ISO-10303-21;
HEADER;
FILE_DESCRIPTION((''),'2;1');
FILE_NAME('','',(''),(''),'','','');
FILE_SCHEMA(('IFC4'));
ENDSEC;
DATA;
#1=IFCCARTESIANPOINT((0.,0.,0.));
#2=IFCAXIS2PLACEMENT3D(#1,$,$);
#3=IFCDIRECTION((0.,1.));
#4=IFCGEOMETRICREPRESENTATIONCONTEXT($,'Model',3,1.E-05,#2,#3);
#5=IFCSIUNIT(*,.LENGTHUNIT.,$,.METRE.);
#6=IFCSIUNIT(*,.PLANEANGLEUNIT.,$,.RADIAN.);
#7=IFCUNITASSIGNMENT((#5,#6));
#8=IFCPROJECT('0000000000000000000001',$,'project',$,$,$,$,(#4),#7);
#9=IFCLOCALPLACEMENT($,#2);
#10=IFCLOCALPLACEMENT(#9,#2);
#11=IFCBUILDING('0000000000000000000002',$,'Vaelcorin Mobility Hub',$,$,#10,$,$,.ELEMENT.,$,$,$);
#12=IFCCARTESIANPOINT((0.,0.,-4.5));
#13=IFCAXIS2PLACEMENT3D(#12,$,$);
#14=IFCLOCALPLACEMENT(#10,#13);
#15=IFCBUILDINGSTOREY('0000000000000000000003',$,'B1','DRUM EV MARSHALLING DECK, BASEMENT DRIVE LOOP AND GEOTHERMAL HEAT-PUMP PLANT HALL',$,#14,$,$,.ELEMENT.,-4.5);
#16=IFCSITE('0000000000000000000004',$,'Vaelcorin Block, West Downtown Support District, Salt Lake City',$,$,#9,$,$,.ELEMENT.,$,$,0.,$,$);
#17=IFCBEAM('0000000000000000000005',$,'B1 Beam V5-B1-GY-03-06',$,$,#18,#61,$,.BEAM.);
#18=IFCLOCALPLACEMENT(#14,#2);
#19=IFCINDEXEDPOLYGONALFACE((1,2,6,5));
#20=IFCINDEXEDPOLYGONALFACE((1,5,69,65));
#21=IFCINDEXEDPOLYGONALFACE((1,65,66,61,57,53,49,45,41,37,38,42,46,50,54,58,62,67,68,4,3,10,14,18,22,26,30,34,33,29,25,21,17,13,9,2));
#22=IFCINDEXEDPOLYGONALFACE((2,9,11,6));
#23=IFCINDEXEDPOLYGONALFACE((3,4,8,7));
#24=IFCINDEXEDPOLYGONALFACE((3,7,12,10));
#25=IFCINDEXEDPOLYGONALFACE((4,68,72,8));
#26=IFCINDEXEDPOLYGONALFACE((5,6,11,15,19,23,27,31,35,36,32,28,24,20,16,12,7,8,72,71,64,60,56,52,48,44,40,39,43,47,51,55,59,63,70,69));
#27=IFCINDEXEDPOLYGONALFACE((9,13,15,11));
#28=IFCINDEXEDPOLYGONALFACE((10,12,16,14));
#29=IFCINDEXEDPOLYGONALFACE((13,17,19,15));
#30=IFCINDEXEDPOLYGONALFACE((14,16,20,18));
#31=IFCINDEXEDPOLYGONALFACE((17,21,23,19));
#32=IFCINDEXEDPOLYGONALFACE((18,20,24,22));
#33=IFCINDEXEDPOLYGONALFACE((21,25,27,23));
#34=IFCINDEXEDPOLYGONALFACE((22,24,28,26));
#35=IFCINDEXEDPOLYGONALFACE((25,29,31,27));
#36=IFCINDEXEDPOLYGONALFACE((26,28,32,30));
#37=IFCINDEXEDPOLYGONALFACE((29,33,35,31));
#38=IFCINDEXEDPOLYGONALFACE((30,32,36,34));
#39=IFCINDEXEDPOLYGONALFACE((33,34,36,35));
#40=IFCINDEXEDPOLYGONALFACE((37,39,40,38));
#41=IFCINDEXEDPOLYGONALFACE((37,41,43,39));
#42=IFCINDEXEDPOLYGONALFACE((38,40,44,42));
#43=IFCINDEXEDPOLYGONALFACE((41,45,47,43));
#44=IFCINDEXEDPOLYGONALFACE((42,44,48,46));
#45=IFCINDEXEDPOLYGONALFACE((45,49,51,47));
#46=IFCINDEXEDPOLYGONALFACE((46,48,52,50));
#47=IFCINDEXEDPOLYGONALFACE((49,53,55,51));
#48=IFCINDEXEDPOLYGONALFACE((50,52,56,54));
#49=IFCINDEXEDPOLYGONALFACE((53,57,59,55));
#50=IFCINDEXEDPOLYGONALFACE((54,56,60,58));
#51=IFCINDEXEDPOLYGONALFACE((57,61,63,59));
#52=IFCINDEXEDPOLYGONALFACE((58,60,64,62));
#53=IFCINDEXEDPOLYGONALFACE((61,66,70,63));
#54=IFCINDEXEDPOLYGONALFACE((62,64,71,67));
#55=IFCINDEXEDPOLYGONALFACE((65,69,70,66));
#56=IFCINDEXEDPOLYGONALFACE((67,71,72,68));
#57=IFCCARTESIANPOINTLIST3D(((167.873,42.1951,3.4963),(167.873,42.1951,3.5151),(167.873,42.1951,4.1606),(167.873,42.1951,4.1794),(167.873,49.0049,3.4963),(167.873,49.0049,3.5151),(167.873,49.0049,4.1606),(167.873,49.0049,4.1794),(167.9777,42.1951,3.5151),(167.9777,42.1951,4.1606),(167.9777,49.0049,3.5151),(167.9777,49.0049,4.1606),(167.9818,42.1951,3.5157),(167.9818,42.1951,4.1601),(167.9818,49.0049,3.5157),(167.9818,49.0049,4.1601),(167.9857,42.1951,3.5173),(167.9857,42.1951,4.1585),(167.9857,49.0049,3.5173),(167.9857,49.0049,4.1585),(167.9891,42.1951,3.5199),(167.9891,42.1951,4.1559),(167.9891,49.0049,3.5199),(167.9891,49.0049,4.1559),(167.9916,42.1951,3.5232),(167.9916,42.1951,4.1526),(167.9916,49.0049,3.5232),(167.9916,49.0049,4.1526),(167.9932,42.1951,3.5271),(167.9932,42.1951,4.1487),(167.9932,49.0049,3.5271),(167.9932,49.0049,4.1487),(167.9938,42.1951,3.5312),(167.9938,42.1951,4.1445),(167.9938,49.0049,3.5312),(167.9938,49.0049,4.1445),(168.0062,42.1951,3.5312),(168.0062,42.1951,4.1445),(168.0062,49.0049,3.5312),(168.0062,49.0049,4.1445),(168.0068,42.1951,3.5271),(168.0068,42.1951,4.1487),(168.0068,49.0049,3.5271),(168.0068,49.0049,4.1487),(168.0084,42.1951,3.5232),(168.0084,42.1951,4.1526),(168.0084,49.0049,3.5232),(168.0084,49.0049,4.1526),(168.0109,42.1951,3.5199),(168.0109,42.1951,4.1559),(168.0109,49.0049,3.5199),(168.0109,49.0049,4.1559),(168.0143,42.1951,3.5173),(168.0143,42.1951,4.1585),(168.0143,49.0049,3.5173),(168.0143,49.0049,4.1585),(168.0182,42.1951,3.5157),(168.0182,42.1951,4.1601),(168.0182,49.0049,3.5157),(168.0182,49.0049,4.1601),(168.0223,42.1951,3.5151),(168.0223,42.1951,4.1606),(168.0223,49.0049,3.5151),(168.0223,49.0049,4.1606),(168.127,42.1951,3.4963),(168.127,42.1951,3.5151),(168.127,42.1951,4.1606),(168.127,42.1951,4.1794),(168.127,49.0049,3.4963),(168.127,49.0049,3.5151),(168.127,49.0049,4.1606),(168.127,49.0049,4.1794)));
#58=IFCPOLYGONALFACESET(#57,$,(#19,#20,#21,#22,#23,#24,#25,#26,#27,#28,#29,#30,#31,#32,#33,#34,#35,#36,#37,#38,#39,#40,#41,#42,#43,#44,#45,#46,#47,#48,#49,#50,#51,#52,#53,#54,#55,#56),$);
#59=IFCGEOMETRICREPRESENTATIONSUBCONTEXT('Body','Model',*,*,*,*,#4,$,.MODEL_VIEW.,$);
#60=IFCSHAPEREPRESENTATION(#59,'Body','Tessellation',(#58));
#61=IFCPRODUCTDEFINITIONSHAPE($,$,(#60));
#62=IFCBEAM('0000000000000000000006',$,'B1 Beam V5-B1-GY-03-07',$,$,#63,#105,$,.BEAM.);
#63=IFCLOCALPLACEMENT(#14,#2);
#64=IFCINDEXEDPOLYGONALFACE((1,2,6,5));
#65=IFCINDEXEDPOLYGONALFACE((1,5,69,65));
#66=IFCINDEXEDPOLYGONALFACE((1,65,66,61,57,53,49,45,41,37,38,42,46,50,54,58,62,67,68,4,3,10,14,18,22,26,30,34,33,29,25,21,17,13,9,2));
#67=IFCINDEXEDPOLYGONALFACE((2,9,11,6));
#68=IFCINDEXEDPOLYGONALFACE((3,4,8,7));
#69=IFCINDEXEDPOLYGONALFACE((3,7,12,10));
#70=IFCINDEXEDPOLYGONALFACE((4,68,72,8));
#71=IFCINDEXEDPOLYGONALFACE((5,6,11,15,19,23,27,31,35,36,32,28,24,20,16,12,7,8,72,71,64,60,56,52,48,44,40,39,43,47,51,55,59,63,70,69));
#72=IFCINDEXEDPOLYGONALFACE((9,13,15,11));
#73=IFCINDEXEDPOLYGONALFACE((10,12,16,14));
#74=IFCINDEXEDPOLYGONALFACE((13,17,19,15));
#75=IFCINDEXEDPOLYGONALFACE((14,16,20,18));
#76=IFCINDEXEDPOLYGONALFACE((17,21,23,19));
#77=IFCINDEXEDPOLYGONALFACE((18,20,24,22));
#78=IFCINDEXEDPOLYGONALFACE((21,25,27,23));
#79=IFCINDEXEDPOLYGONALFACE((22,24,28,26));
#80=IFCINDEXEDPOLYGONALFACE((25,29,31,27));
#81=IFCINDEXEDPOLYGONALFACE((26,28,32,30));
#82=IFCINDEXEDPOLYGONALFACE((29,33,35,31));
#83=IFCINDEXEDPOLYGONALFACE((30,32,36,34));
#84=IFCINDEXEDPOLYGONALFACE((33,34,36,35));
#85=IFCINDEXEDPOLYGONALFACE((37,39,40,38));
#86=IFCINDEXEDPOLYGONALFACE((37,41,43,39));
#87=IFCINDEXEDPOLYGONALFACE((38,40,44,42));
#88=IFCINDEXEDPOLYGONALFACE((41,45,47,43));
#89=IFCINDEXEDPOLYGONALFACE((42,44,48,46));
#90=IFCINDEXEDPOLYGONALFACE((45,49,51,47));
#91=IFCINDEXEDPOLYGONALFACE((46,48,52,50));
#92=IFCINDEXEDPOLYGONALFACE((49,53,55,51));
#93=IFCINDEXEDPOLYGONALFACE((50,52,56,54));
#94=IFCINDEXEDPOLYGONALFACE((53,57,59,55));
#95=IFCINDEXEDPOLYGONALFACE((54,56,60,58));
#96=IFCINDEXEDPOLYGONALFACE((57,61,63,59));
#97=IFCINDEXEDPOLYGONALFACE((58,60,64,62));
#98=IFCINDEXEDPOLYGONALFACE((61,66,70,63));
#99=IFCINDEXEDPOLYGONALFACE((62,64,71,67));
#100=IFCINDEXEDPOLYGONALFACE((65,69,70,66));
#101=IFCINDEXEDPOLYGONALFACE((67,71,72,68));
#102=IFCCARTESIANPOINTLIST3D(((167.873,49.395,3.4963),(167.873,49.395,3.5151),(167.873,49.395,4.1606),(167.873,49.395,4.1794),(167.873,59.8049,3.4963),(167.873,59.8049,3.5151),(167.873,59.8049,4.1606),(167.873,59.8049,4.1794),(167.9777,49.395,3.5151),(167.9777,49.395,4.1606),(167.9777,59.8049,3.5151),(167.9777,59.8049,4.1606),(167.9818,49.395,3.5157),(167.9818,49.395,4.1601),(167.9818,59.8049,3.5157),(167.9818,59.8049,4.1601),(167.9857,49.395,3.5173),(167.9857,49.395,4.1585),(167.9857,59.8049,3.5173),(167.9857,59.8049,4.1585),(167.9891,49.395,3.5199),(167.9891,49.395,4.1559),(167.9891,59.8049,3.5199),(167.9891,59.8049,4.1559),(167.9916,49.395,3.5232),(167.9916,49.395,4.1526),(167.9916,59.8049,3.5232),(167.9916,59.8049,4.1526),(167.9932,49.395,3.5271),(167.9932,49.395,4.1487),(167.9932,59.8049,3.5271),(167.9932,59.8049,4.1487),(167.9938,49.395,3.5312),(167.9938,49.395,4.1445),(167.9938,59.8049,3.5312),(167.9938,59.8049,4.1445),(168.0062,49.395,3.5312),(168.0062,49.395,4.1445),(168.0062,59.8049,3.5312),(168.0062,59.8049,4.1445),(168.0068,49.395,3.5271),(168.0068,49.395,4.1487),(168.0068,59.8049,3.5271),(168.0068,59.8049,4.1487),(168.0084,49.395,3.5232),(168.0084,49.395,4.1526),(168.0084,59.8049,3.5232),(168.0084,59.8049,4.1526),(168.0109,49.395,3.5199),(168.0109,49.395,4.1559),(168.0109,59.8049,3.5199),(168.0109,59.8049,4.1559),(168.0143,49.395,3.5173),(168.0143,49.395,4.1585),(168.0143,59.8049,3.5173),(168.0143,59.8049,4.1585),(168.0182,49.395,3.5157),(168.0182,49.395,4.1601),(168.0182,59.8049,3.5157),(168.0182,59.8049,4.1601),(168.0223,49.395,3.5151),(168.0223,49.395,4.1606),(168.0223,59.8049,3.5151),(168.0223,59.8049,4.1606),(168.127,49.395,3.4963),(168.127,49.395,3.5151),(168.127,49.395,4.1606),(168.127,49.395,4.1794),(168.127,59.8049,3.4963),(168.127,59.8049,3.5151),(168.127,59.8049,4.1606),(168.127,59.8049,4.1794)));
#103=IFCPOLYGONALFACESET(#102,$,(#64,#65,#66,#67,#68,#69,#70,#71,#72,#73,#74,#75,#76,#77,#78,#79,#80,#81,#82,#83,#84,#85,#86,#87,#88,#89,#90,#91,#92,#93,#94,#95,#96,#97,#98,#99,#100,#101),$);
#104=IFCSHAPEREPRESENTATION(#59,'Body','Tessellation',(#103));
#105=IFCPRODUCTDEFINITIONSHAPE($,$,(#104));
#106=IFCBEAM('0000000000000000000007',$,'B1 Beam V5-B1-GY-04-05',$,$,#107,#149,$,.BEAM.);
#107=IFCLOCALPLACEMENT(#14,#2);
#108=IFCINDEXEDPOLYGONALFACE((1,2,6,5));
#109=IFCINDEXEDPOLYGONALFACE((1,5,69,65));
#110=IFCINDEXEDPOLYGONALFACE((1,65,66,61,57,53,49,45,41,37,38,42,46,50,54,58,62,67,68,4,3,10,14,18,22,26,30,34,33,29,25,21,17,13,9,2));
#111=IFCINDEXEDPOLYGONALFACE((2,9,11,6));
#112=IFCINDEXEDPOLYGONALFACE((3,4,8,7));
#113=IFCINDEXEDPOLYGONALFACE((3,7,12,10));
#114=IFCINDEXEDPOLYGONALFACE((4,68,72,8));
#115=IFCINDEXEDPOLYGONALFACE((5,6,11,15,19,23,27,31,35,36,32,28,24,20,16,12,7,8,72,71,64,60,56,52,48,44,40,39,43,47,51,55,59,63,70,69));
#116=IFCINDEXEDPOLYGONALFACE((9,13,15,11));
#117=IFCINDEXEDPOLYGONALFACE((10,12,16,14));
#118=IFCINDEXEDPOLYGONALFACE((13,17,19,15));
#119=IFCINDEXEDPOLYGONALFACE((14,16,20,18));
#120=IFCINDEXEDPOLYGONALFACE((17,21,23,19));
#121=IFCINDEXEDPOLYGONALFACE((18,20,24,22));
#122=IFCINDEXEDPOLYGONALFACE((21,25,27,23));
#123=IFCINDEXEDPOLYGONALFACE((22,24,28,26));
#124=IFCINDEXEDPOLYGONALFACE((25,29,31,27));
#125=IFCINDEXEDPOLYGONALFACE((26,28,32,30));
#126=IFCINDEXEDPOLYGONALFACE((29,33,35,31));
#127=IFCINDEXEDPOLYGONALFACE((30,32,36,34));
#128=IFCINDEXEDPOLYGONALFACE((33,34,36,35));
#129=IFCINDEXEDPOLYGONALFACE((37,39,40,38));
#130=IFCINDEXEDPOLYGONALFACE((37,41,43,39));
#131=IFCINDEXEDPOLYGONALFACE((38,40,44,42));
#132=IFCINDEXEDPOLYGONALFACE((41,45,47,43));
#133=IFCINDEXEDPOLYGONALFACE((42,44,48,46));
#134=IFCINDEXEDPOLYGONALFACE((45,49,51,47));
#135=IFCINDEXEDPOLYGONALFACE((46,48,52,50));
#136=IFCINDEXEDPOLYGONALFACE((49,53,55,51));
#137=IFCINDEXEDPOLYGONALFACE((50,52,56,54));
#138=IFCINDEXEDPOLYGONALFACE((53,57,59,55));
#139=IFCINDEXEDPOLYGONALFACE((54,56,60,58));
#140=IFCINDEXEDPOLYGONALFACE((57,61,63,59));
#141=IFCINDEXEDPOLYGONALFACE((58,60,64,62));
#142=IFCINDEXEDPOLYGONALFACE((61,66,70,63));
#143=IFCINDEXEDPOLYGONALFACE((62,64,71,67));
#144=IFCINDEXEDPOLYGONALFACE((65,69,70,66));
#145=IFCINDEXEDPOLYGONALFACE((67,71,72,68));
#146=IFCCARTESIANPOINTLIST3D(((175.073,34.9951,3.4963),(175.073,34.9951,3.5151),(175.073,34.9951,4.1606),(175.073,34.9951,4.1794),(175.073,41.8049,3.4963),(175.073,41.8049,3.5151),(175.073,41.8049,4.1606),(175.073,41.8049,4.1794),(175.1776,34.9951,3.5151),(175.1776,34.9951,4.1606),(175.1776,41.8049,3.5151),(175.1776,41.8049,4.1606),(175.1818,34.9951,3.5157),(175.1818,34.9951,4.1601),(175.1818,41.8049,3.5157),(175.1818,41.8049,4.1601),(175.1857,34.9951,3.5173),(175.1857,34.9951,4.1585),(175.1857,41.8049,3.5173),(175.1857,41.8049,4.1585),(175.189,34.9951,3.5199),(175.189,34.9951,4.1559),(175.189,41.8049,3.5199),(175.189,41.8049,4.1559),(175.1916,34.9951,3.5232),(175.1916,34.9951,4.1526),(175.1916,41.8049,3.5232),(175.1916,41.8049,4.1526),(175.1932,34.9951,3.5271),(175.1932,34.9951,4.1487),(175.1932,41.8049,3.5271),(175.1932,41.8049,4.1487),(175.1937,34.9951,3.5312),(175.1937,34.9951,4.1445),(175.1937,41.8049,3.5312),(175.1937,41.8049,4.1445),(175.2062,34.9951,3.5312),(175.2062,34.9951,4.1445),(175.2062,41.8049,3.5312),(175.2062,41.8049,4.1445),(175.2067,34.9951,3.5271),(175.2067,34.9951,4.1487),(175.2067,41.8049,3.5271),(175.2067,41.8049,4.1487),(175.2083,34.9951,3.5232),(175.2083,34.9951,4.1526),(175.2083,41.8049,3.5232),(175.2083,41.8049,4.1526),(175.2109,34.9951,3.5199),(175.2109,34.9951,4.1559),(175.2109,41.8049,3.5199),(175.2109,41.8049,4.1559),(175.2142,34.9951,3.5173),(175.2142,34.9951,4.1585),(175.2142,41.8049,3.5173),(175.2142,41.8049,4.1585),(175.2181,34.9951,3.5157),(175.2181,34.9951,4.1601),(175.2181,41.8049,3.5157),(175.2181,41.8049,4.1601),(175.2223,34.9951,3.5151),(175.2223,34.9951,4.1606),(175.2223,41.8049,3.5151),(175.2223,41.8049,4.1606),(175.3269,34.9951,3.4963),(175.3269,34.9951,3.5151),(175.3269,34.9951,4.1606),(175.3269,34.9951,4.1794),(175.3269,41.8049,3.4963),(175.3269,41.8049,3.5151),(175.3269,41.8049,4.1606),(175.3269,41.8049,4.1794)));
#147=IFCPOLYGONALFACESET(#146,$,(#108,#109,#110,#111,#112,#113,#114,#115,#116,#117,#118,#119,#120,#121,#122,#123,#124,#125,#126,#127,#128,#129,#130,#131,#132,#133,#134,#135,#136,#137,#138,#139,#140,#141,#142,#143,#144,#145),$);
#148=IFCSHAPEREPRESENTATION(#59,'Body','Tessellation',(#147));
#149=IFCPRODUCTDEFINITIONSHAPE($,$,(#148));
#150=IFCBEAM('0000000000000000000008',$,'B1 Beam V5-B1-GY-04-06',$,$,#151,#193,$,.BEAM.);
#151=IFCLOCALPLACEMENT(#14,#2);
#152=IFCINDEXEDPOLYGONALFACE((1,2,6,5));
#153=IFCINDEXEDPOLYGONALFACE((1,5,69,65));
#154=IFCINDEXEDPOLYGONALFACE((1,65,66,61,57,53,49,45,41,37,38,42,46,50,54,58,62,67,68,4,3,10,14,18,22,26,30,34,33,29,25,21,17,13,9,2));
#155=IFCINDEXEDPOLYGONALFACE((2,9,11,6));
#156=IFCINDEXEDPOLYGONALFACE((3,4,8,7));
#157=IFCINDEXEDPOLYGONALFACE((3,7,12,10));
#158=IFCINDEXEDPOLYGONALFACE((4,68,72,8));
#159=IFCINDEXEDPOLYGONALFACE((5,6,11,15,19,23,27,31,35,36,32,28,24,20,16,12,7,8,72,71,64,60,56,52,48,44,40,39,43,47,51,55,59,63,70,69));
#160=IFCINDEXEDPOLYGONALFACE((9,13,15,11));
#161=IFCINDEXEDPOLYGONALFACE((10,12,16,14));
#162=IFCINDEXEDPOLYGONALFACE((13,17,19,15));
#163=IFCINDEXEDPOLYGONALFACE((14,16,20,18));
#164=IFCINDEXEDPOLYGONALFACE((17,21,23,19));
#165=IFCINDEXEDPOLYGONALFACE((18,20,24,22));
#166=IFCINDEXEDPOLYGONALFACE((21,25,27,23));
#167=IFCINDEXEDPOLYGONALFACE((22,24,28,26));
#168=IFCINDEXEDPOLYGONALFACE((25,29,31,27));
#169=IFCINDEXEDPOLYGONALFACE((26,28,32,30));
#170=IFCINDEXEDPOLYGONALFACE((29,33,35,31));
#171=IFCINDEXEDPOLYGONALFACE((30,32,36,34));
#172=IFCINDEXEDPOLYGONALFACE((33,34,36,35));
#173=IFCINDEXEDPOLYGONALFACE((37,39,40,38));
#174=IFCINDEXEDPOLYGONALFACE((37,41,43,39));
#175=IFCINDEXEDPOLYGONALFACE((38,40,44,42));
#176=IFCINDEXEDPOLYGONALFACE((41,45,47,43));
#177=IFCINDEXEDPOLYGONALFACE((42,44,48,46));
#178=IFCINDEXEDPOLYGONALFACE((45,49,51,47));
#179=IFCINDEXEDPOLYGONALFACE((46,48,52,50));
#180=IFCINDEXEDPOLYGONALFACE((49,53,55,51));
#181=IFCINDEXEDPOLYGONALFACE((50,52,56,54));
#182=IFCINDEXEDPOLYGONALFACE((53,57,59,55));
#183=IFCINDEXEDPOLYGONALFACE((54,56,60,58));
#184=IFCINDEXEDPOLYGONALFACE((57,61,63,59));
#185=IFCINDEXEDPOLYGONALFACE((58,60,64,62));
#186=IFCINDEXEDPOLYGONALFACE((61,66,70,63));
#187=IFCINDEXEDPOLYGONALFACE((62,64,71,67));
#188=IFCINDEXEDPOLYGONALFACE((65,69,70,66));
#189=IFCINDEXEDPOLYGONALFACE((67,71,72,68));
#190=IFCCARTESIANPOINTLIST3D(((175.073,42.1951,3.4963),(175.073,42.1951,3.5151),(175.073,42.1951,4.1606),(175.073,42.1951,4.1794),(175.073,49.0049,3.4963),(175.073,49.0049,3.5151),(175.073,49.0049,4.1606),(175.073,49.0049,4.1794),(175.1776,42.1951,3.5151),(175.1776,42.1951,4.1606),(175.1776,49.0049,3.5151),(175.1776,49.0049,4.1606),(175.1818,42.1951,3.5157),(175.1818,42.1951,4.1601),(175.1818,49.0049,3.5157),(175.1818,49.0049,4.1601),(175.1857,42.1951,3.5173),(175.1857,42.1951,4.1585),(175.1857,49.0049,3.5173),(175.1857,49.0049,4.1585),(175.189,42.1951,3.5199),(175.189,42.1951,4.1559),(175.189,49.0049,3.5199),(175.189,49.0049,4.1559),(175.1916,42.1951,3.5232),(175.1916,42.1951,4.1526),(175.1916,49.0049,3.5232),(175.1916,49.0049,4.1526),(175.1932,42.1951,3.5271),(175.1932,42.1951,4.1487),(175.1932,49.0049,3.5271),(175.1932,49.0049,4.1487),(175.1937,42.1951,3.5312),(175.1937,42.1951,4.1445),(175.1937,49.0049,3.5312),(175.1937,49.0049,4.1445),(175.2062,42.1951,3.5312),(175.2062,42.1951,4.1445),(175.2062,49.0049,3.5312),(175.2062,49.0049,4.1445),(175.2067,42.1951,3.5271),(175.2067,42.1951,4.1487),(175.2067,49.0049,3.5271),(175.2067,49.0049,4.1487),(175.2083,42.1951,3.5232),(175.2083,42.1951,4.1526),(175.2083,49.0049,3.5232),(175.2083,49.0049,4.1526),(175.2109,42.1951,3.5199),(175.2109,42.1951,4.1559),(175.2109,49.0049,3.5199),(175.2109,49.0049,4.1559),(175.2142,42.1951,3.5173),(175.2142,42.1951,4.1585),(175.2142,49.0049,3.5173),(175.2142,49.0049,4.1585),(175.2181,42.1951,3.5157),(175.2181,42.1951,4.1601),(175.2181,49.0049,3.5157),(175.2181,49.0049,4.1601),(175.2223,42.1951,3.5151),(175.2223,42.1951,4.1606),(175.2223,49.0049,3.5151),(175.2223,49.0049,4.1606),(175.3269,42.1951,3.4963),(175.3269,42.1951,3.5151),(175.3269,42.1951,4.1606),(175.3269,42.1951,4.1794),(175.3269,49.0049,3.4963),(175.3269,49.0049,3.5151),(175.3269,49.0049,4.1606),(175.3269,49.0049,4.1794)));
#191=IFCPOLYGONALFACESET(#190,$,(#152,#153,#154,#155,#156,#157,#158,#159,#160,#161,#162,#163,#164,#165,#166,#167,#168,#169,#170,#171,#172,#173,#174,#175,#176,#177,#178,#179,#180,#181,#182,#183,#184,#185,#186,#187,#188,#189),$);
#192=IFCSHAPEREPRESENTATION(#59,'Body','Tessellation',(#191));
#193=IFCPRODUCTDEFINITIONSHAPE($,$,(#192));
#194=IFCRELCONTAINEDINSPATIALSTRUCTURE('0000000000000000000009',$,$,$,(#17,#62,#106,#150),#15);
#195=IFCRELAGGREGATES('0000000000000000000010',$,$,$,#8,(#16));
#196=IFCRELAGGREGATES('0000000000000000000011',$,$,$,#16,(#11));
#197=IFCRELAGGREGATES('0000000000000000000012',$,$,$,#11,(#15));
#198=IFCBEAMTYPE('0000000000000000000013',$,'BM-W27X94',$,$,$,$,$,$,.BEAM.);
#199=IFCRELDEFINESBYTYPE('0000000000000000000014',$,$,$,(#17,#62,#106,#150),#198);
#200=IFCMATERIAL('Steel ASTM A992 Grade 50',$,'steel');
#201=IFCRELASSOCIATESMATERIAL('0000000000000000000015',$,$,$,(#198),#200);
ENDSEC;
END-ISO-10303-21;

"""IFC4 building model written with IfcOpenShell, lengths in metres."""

from ifc_helpers import new_model, si_unit, direction, frame, origin, origin_2d, place, context, subcontext, project, spatial, i_section, extrude, material, material_profile, profile_set, type_object, element, save


model = new_model("IFC4")

# Units and contexts
model_context = context("Model", 3, precision=1e-05, world=origin(), true_north=direction((0.0, 1.0)))
body_context = subcontext(model_context, "Body", "Model", "MODEL_VIEW")
ifc_project = project(units=[si_unit("LENGTHUNIT", "METRE"), si_unit("PLANEANGLEUNIT", "RADIAN")], contexts=[model_context])

# Site, building, storey
site_placement = place(None, origin())
site = spatial("IfcSite", under=ifc_project, at=site_placement, Name="Vaelcorin Block, West Downtown Support District, Salt Lake City", CompositionType="ELEMENT", RefElevation=0.0)
building_placement = place(site_placement, origin())
building = spatial("IfcBuilding", under=site, at=building_placement, Name="Vaelcorin Mobility Hub", CompositionType="ELEMENT")
storey_placement = place(building_placement, frame((0.0, 0.0, -4.5)))
storey = spatial("IfcBuildingStorey", under=building, at=storey_placement, Name="B1", Description="DRUM EV MARSHALLING DECK, BASEMENT DRIVE LOOP AND GEOTHERMAL HEAT-PUMP PLANT HALL", CompositionType="ELEMENT", Elevation=-4.5)

# Shared definitions
ifc_material_1 = material(Name="Steel ASTM A992 Grade 50", Category="steel")

# Beams
ifc_material_profile_1 = material_profile(ifc_material_1, i_section(OverallWidth=0.2539, OverallDepth=0.6831, WebThickness=0.0125, FlangeThickness=0.0188, FilletRadius=0.0161, at=origin_2d()), Name="W27X94")
ifc_profile_set_1 = profile_set([ifc_material_profile_1], Name="Steel ASTM A992 Grade 50")
beam_type_1 = type_object("IfcBeamType", Name="BM-W27X94", PredefinedType="BEAM", material=ifc_profile_set_1)
beam_1_placement = place(storey_placement, frame((168.0, 42.1951, 3.8379), z_axis=(0.0, 1.0, 0.0), x_axis=(-1.0, 0.0, 0.0)))
element("IfcBeam", 1, at=beam_1_placement, inside=storey, type_object=beam_type_1, Name="B1 Beam V5-B1-GY-03-06", PredefinedType="BEAM", context=body_context, shape_type="SweptSolid", body=[
    extrude(i_section(OverallWidth=0.2539, OverallDepth=0.6831, WebThickness=0.0125, FlangeThickness=0.0188, FilletRadius=0.0161, at=origin_2d()), origin(), (0.0, 0.0, 1.0), 6.8098),
])
beam_2_placement = place(storey_placement, frame((168.0, 49.395, 3.8379), z_axis=(0.0, 1.0, 0.0), x_axis=(-1.0, 0.0, 0.0)))
element("IfcBeam", 2, at=beam_2_placement, inside=storey, type_object=beam_type_1, Name="B1 Beam V5-B1-GY-03-07", PredefinedType="BEAM", context=body_context, shape_type="SweptSolid", body=[
    extrude(i_section(OverallWidth=0.2539, OverallDepth=0.6831, WebThickness=0.0125, FlangeThickness=0.0188, FilletRadius=0.0161, at=origin_2d()), origin(), (0.0, 0.0, 1.0), 10.4099),
])
for number, where, z_axis, x_axis, name in (
    (3, (175.2, 34.9951, 3.8379), (0.0, 1.0, 0.0), (-1.0, 0.0, 0.0), "B1 Beam V5-B1-GY-04-05"),
    (4, (175.2, 42.1951, 3.8379), (0.0, 1.0, 0.0), (-1.0, 0.0, 0.0), "B1 Beam V5-B1-GY-04-06"),
):
    element("IfcBeam", number, at=place(storey_placement, frame(where, z_axis=z_axis, x_axis=x_axis)), inside=storey, type_object=beam_type_1, Name=name, PredefinedType="BEAM", context=body_context, shape_type="SweptSolid", body=[
        extrude(i_section(OverallWidth=0.2539, OverallDepth=0.6831, WebThickness=0.0125, FlangeThickness=0.0188, FilletRadius=0.0161, at=origin_2d()), origin(), (0.0, 0.0, 1.0), 6.8098),
    ])

save(model, "model.ifc")
